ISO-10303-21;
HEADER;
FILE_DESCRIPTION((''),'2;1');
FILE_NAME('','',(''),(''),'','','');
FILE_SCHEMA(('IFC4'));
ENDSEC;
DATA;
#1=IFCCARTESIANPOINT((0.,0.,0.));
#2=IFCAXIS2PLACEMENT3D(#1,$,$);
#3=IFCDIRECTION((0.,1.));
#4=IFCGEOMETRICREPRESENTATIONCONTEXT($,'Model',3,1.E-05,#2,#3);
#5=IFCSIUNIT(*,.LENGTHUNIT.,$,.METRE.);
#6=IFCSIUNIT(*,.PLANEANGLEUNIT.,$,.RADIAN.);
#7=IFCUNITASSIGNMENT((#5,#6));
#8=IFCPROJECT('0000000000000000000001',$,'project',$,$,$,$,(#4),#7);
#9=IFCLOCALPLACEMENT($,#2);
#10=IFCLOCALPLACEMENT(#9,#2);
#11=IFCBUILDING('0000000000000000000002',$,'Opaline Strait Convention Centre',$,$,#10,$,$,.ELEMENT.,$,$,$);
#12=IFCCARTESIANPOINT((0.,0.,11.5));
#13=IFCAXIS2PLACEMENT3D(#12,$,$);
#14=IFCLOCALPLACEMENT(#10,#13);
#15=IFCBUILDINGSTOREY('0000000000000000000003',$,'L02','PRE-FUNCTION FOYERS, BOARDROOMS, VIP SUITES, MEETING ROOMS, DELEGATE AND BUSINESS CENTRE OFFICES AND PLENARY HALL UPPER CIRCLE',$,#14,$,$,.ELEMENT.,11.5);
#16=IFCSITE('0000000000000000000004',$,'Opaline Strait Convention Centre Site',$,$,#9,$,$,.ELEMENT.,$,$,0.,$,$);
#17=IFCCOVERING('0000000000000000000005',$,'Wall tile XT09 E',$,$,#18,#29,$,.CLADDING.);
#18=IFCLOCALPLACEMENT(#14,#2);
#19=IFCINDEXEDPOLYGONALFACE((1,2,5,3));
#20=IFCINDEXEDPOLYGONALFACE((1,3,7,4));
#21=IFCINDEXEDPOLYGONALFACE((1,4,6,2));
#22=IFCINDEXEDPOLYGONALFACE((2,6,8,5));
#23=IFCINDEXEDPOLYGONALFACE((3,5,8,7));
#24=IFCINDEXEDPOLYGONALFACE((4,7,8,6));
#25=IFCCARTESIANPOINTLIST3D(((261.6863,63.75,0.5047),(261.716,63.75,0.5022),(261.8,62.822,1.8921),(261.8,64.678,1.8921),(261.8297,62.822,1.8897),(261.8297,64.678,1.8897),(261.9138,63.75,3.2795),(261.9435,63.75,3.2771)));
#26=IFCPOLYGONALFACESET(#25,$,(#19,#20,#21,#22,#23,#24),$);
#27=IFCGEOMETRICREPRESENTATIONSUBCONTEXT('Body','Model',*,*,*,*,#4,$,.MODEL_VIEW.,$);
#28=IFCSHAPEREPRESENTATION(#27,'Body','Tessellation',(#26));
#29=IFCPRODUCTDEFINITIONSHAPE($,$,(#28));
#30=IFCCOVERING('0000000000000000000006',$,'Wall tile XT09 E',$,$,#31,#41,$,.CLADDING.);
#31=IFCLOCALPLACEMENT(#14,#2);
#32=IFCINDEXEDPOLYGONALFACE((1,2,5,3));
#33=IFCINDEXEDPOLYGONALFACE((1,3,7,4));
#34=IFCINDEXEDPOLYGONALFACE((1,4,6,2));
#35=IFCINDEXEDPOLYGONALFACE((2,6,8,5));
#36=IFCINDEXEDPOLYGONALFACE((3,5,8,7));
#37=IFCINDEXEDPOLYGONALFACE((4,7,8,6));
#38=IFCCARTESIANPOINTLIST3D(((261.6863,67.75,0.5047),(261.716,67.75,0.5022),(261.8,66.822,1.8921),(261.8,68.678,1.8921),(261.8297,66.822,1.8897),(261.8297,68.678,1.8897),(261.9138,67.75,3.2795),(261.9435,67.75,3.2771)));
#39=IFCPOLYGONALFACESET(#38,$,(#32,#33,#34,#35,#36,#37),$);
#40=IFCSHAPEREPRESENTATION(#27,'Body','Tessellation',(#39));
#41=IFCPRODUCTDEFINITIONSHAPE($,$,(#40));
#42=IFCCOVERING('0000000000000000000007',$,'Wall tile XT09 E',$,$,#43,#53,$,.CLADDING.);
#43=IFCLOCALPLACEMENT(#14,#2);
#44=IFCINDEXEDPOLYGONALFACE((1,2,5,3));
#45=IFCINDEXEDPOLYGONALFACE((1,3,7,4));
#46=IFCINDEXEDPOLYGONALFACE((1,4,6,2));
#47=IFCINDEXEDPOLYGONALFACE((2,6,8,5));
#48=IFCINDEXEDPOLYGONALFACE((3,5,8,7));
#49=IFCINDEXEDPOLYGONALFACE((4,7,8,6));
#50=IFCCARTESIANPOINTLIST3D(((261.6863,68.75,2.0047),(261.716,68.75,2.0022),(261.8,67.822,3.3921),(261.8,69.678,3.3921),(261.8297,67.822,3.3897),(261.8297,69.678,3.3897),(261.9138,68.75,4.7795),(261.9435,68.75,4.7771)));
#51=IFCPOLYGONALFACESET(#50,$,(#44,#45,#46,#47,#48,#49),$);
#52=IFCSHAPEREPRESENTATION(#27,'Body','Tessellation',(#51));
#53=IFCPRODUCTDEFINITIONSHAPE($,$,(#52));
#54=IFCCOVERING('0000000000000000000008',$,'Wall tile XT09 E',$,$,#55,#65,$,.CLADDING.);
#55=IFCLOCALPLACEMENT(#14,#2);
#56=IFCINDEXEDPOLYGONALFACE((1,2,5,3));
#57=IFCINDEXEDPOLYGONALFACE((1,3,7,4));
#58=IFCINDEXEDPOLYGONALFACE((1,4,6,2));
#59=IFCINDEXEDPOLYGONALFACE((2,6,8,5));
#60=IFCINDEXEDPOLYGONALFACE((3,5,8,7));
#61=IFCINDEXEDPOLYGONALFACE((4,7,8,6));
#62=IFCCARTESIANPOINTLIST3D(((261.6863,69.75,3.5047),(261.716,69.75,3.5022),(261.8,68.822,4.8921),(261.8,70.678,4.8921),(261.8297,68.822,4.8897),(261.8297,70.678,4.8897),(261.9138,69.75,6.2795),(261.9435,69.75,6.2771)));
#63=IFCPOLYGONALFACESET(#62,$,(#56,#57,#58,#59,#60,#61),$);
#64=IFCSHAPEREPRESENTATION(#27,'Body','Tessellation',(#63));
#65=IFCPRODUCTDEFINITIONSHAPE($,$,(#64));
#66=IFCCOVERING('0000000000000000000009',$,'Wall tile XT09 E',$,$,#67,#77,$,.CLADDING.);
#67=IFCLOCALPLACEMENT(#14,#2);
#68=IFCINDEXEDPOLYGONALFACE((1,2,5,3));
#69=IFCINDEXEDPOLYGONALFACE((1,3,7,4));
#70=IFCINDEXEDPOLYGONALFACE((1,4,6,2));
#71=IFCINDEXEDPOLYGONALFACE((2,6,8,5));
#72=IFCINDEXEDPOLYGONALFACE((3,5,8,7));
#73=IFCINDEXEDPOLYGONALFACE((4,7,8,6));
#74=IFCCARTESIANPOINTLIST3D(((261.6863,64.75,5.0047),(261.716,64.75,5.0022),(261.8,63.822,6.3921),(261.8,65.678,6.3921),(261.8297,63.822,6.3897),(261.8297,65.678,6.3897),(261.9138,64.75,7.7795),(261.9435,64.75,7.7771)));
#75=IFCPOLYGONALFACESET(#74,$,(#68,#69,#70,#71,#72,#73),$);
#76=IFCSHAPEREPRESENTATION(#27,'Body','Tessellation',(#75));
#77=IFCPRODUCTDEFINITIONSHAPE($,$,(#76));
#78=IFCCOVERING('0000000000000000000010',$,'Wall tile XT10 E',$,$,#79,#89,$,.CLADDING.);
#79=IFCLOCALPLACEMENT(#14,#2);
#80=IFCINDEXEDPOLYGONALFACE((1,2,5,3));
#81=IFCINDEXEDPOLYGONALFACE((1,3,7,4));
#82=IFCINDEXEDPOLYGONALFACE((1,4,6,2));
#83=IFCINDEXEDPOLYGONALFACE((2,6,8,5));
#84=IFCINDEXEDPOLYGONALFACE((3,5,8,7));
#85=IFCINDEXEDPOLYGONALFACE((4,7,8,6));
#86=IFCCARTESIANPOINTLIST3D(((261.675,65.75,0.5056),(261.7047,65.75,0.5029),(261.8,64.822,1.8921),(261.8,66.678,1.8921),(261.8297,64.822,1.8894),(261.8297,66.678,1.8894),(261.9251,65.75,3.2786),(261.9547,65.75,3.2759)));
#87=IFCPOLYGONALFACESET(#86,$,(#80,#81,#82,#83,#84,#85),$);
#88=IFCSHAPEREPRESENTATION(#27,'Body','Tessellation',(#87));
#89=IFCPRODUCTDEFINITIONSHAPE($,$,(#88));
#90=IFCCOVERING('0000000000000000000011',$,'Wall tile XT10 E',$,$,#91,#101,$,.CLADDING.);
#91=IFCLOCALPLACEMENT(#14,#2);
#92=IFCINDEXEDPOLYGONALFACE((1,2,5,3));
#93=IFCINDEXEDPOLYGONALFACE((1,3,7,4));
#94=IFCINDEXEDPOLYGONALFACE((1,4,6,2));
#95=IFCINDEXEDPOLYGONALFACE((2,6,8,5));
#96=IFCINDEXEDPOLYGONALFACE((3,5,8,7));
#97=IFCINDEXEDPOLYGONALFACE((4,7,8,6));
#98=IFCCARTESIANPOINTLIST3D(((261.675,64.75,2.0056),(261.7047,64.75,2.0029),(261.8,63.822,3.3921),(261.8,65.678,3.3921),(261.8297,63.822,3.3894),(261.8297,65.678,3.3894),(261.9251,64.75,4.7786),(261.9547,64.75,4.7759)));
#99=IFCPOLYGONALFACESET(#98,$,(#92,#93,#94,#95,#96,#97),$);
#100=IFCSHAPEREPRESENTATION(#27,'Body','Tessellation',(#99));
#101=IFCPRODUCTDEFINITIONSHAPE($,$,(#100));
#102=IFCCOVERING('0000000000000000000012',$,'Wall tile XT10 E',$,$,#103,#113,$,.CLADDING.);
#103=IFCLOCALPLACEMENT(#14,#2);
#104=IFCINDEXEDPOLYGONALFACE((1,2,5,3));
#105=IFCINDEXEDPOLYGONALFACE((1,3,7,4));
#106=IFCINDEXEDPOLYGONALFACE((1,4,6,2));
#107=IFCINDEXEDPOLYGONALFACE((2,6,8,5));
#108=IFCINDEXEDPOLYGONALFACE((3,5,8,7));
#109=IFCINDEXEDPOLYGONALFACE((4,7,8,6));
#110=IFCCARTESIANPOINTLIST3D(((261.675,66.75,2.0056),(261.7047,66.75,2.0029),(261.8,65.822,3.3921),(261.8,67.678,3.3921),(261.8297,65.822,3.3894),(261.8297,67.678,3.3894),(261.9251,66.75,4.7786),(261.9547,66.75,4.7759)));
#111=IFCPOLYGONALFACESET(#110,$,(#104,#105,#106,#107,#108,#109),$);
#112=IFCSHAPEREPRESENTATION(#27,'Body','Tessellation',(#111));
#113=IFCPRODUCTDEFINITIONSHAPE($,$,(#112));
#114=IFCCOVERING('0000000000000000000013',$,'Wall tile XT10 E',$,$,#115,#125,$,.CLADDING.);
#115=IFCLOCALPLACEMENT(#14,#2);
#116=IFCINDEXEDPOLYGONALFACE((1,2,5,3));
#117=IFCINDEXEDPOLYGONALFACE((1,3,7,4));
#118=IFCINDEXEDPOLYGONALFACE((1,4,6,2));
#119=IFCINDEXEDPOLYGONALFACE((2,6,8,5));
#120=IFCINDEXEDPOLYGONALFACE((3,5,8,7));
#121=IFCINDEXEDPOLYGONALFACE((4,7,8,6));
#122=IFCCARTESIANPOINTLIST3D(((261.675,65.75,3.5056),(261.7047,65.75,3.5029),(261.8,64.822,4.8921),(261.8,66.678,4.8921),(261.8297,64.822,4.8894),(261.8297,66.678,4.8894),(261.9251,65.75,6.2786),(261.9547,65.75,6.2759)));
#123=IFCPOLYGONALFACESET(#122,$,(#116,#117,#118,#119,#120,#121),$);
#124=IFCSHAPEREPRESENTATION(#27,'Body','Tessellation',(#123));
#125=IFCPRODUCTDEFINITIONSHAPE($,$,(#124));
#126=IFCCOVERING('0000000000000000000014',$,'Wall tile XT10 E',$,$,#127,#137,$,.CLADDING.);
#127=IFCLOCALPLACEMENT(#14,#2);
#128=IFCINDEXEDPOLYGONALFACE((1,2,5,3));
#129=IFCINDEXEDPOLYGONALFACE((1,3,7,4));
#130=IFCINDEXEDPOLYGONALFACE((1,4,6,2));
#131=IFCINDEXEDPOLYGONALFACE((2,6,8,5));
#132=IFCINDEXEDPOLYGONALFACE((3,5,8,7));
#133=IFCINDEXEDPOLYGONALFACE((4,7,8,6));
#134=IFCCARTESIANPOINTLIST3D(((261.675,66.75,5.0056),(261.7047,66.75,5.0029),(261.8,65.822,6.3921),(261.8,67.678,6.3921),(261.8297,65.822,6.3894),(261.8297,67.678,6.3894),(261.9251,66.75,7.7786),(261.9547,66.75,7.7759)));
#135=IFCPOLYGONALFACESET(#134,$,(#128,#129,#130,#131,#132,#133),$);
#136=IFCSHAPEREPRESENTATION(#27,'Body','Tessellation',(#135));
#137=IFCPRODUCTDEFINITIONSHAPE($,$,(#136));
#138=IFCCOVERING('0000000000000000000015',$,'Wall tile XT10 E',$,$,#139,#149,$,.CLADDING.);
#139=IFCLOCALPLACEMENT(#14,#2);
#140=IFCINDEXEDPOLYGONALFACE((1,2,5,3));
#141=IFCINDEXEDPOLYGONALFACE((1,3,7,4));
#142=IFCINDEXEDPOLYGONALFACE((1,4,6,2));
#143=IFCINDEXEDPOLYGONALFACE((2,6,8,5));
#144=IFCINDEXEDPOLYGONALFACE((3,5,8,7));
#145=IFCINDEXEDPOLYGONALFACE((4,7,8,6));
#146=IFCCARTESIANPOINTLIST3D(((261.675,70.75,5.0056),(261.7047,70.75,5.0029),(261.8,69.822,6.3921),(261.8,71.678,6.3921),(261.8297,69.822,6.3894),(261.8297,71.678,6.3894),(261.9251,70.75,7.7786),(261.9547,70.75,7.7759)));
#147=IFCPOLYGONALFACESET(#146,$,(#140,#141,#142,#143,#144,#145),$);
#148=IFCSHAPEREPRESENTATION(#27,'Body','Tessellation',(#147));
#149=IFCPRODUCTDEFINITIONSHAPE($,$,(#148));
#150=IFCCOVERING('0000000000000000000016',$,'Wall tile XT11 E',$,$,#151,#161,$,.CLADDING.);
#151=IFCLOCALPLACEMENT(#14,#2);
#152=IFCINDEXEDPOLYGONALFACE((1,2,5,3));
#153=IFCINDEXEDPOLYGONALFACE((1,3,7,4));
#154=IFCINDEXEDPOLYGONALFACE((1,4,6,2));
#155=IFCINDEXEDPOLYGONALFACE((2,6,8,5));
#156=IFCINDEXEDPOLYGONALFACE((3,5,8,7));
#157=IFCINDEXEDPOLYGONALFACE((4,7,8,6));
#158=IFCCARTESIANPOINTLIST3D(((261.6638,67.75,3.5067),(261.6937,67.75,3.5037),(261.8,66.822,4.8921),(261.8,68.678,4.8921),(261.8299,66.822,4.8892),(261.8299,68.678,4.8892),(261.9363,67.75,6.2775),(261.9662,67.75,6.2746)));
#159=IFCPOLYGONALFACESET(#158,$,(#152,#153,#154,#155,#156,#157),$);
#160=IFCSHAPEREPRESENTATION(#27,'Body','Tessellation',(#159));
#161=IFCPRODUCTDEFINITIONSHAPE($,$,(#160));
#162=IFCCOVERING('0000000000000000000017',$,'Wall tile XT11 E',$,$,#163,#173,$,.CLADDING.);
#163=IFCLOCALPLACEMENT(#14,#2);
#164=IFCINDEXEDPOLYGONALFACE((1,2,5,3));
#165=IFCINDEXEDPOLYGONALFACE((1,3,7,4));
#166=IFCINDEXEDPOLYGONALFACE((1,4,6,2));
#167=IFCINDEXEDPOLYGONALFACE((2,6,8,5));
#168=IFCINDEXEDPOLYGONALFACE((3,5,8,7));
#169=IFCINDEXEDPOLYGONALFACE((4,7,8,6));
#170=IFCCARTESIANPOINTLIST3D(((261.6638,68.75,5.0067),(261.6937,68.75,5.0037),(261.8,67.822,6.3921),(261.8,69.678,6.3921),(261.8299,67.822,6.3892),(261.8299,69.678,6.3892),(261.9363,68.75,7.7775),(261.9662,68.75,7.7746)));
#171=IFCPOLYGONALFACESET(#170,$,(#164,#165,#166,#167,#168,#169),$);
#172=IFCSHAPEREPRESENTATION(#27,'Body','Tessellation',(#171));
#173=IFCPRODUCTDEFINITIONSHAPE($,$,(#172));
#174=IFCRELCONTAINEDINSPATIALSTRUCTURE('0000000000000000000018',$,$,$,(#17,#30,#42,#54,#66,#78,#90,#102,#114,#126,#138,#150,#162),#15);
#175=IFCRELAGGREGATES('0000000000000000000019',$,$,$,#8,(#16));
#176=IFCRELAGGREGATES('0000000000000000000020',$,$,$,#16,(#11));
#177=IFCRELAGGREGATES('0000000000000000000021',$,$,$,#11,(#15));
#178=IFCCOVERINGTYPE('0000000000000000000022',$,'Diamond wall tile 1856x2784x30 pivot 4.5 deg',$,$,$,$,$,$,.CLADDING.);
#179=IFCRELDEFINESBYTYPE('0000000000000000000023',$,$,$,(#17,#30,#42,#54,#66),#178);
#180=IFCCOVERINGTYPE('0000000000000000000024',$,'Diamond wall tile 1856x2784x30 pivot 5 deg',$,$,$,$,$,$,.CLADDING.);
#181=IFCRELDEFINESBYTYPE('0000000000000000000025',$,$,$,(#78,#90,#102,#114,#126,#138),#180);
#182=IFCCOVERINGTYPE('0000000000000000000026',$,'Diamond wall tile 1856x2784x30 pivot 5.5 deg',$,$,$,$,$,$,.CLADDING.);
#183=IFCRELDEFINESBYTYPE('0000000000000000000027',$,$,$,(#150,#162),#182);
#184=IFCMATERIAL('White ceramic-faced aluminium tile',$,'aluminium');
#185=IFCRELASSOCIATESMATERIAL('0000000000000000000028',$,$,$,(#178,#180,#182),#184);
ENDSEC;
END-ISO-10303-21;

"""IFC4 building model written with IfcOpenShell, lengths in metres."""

from ifc_helpers import new_model, si_unit, direction, frame, origin, place, context, subcontext, project, spatial, polyline, outline, extrude, material, material_profile, profile_set, type_object, element, save


model = new_model("IFC4")

# Units and contexts
model_context = context("Model", 3, precision=1e-05, world=origin(), true_north=direction((0.0, 1.0)))
body_context = subcontext(model_context, "Body", "Model", "MODEL_VIEW")
ifc_project = project(units=[si_unit("LENGTHUNIT", "METRE"), si_unit("PLANEANGLEUNIT", "RADIAN")], contexts=[model_context])

# Site, building, storey
site_placement = place(None, origin())
site = spatial("IfcSite", under=ifc_project, at=site_placement, Name="Opaline Strait Convention Centre Site", CompositionType="ELEMENT", RefElevation=0.0)
building_placement = place(site_placement, origin())
building = spatial("IfcBuilding", under=site, at=building_placement, Name="Opaline Strait Convention Centre", CompositionType="ELEMENT")
storey_placement = place(building_placement, frame((0.0, 0.0, 11.5)))
storey = spatial("IfcBuildingStorey", under=building, at=storey_placement, Name="L02", Description="PRE-FUNCTION FOYERS, BOARDROOMS, VIP SUITES, MEETING ROOMS, DELEGATE AND BUSINESS CENTRE OFFICES AND PLENARY HALL UPPER CIRCLE", CompositionType="ELEMENT", Elevation=11.5)

# Coverings
ifc_material_1 = material(Name="White ceramic-faced aluminium tile", Category="aluminium")
ifc_material_profile_1 = material_profile(ifc_material_1, outline(polyline([(0.928, 0.0), (0.0, 1.3921), (-0.928, 0.0), (0.0, -1.3921), (0.928, 0.0)])), Name="Diamond tile 1856x2784")
ifc_profile_set_1 = profile_set([ifc_material_profile_1], Name="White ceramic-faced aluminium tile")
covering_type_1 = type_object("IfcCoveringType", Name="Diamond wall tile 1856x2784x30 pivot 4.5 deg", PredefinedType="CLADDING", material=ifc_profile_set_1)
for number, where, z_axis, x_axis, name in (
    (1, (261.8, 63.75, 1.8921), (0.996658, 0.0, -0.081693), (0.0, 1.0, 0.0), "Wall tile XT09 E"),
    (2, (261.8, 67.75, 1.8921), (0.996658, 0.0, -0.081693), (0.0, 1.0, 0.0), "Wall tile XT09 E"),
    (3, (261.8, 68.75, 3.3921), (0.996658, 0.0, -0.081693), (0.0, 1.0, 0.0), "Wall tile XT09 E"),
    (4, (261.8, 69.75, 4.8921), (0.996658, 0.0, -0.081693), (0.0, 1.0, 0.0), "Wall tile XT09 E"),
    (5, (261.8, 64.75, 6.3921), (0.996658, 0.0, -0.081693), (0.0, 1.0, 0.0), "Wall tile XT09 E"),
):
    element("IfcCovering", number, at=place(storey_placement, frame(where, z_axis=z_axis, x_axis=x_axis)), inside=storey, type_object=covering_type_1, Name=name, PredefinedType="CLADDING", context=body_context, shape_type="SweptSolid", body=[
        extrude(outline(polyline([(0.928, 0.0), (0.0, 1.3921), (-0.928, 0.0), (0.0, -1.3921), (0.928, 0.0)])), origin(), (0.0, 0.0, 1.0), 0.0298),
    ])
ifc_material_profile_2 = material_profile(ifc_material_1, outline(polyline([(0.928, 0.0), (0.0, 1.3921), (-0.928, 0.0), (0.0, -1.3921), (0.928, 0.0)])), Name="Diamond tile 1856x2784")
ifc_profile_set_2 = profile_set([ifc_material_profile_2], Name="White ceramic-faced aluminium tile")
covering_type_2 = type_object("IfcCoveringType", Name="Diamond wall tile 1856x2784x30 pivot 5 deg", PredefinedType="CLADDING", material=ifc_profile_set_2)
for number, where, z_axis, x_axis, name in (
    (6, (261.8, 65.75, 1.8921), (0.99596, 0.0, -0.0898), (0.0, 1.0, 0.0), "Wall tile XT10 E"),
    (7, (261.8, 64.75, 3.3921), (0.99596, 0.0, -0.0898), (0.0, 1.0, 0.0), "Wall tile XT10 E"),
    (8, (261.8, 66.75, 3.3921), (0.99596, 0.0, -0.0898), (0.0, 1.0, 0.0), "Wall tile XT10 E"),
    (9, (261.8, 65.75, 4.8921), (0.99596, 0.0, -0.0898), (0.0, 1.0, 0.0), "Wall tile XT10 E"),
    (10, (261.8, 66.75, 6.3921), (0.99596, 0.0, -0.0898), (0.0, 1.0, 0.0), "Wall tile XT10 E"),
    (11, (261.8, 70.75, 6.3921), (0.99596, 0.0, -0.0898), (0.0, 1.0, 0.0), "Wall tile XT10 E"),
):
    element("IfcCovering", number, at=place(storey_placement, frame(where, z_axis=z_axis, x_axis=x_axis)), inside=storey, type_object=covering_type_2, Name=name, PredefinedType="CLADDING", context=body_context, shape_type="SweptSolid", body=[
        extrude(outline(polyline([(0.928, 0.0), (0.0, 1.3921), (-0.928, 0.0), (0.0, -1.3921), (0.928, 0.0)])), origin(), (0.0, 0.0, 1.0), 0.0298),
    ])
ifc_material_profile_3 = material_profile(ifc_material_1, outline(polyline([(0.928, 0.0), (0.0, 1.3921), (-0.928, 0.0), (0.0, -1.3921), (0.928, 0.0)])), Name="Diamond tile 1856x2784")
ifc_profile_set_3 = profile_set([ifc_material_profile_3], Name="White ceramic-faced aluminium tile")
covering_type_3 = type_object("IfcCoveringType", Name="Diamond wall tile 1856x2784x30 pivot 5.5 deg", PredefinedType="CLADDING", material=ifc_profile_set_3)
for number, where, z_axis, x_axis, name in (
    (12, (261.8, 67.75, 4.8921), (0.995197, 0.0, -0.097888), (0.0, 1.0, 0.0), "Wall tile XT11 E"),
    (13, (261.8, 68.75, 6.3921), (0.995197, 0.0, -0.097888), (0.0, 1.0, 0.0), "Wall tile XT11 E"),
):
    element("IfcCovering", number, at=place(storey_placement, frame(where, z_axis=z_axis, x_axis=x_axis)), inside=storey, type_object=covering_type_3, Name=name, PredefinedType="CLADDING", context=body_context, shape_type="SweptSolid", body=[
        extrude(outline(polyline([(0.928, 0.0), (0.0, 1.3921), (-0.928, 0.0), (0.0, -1.3921), (0.928, 0.0)])), origin(), (0.0, 0.0, 1.0), 0.03),
    ])

save(model, "model.ifc")
